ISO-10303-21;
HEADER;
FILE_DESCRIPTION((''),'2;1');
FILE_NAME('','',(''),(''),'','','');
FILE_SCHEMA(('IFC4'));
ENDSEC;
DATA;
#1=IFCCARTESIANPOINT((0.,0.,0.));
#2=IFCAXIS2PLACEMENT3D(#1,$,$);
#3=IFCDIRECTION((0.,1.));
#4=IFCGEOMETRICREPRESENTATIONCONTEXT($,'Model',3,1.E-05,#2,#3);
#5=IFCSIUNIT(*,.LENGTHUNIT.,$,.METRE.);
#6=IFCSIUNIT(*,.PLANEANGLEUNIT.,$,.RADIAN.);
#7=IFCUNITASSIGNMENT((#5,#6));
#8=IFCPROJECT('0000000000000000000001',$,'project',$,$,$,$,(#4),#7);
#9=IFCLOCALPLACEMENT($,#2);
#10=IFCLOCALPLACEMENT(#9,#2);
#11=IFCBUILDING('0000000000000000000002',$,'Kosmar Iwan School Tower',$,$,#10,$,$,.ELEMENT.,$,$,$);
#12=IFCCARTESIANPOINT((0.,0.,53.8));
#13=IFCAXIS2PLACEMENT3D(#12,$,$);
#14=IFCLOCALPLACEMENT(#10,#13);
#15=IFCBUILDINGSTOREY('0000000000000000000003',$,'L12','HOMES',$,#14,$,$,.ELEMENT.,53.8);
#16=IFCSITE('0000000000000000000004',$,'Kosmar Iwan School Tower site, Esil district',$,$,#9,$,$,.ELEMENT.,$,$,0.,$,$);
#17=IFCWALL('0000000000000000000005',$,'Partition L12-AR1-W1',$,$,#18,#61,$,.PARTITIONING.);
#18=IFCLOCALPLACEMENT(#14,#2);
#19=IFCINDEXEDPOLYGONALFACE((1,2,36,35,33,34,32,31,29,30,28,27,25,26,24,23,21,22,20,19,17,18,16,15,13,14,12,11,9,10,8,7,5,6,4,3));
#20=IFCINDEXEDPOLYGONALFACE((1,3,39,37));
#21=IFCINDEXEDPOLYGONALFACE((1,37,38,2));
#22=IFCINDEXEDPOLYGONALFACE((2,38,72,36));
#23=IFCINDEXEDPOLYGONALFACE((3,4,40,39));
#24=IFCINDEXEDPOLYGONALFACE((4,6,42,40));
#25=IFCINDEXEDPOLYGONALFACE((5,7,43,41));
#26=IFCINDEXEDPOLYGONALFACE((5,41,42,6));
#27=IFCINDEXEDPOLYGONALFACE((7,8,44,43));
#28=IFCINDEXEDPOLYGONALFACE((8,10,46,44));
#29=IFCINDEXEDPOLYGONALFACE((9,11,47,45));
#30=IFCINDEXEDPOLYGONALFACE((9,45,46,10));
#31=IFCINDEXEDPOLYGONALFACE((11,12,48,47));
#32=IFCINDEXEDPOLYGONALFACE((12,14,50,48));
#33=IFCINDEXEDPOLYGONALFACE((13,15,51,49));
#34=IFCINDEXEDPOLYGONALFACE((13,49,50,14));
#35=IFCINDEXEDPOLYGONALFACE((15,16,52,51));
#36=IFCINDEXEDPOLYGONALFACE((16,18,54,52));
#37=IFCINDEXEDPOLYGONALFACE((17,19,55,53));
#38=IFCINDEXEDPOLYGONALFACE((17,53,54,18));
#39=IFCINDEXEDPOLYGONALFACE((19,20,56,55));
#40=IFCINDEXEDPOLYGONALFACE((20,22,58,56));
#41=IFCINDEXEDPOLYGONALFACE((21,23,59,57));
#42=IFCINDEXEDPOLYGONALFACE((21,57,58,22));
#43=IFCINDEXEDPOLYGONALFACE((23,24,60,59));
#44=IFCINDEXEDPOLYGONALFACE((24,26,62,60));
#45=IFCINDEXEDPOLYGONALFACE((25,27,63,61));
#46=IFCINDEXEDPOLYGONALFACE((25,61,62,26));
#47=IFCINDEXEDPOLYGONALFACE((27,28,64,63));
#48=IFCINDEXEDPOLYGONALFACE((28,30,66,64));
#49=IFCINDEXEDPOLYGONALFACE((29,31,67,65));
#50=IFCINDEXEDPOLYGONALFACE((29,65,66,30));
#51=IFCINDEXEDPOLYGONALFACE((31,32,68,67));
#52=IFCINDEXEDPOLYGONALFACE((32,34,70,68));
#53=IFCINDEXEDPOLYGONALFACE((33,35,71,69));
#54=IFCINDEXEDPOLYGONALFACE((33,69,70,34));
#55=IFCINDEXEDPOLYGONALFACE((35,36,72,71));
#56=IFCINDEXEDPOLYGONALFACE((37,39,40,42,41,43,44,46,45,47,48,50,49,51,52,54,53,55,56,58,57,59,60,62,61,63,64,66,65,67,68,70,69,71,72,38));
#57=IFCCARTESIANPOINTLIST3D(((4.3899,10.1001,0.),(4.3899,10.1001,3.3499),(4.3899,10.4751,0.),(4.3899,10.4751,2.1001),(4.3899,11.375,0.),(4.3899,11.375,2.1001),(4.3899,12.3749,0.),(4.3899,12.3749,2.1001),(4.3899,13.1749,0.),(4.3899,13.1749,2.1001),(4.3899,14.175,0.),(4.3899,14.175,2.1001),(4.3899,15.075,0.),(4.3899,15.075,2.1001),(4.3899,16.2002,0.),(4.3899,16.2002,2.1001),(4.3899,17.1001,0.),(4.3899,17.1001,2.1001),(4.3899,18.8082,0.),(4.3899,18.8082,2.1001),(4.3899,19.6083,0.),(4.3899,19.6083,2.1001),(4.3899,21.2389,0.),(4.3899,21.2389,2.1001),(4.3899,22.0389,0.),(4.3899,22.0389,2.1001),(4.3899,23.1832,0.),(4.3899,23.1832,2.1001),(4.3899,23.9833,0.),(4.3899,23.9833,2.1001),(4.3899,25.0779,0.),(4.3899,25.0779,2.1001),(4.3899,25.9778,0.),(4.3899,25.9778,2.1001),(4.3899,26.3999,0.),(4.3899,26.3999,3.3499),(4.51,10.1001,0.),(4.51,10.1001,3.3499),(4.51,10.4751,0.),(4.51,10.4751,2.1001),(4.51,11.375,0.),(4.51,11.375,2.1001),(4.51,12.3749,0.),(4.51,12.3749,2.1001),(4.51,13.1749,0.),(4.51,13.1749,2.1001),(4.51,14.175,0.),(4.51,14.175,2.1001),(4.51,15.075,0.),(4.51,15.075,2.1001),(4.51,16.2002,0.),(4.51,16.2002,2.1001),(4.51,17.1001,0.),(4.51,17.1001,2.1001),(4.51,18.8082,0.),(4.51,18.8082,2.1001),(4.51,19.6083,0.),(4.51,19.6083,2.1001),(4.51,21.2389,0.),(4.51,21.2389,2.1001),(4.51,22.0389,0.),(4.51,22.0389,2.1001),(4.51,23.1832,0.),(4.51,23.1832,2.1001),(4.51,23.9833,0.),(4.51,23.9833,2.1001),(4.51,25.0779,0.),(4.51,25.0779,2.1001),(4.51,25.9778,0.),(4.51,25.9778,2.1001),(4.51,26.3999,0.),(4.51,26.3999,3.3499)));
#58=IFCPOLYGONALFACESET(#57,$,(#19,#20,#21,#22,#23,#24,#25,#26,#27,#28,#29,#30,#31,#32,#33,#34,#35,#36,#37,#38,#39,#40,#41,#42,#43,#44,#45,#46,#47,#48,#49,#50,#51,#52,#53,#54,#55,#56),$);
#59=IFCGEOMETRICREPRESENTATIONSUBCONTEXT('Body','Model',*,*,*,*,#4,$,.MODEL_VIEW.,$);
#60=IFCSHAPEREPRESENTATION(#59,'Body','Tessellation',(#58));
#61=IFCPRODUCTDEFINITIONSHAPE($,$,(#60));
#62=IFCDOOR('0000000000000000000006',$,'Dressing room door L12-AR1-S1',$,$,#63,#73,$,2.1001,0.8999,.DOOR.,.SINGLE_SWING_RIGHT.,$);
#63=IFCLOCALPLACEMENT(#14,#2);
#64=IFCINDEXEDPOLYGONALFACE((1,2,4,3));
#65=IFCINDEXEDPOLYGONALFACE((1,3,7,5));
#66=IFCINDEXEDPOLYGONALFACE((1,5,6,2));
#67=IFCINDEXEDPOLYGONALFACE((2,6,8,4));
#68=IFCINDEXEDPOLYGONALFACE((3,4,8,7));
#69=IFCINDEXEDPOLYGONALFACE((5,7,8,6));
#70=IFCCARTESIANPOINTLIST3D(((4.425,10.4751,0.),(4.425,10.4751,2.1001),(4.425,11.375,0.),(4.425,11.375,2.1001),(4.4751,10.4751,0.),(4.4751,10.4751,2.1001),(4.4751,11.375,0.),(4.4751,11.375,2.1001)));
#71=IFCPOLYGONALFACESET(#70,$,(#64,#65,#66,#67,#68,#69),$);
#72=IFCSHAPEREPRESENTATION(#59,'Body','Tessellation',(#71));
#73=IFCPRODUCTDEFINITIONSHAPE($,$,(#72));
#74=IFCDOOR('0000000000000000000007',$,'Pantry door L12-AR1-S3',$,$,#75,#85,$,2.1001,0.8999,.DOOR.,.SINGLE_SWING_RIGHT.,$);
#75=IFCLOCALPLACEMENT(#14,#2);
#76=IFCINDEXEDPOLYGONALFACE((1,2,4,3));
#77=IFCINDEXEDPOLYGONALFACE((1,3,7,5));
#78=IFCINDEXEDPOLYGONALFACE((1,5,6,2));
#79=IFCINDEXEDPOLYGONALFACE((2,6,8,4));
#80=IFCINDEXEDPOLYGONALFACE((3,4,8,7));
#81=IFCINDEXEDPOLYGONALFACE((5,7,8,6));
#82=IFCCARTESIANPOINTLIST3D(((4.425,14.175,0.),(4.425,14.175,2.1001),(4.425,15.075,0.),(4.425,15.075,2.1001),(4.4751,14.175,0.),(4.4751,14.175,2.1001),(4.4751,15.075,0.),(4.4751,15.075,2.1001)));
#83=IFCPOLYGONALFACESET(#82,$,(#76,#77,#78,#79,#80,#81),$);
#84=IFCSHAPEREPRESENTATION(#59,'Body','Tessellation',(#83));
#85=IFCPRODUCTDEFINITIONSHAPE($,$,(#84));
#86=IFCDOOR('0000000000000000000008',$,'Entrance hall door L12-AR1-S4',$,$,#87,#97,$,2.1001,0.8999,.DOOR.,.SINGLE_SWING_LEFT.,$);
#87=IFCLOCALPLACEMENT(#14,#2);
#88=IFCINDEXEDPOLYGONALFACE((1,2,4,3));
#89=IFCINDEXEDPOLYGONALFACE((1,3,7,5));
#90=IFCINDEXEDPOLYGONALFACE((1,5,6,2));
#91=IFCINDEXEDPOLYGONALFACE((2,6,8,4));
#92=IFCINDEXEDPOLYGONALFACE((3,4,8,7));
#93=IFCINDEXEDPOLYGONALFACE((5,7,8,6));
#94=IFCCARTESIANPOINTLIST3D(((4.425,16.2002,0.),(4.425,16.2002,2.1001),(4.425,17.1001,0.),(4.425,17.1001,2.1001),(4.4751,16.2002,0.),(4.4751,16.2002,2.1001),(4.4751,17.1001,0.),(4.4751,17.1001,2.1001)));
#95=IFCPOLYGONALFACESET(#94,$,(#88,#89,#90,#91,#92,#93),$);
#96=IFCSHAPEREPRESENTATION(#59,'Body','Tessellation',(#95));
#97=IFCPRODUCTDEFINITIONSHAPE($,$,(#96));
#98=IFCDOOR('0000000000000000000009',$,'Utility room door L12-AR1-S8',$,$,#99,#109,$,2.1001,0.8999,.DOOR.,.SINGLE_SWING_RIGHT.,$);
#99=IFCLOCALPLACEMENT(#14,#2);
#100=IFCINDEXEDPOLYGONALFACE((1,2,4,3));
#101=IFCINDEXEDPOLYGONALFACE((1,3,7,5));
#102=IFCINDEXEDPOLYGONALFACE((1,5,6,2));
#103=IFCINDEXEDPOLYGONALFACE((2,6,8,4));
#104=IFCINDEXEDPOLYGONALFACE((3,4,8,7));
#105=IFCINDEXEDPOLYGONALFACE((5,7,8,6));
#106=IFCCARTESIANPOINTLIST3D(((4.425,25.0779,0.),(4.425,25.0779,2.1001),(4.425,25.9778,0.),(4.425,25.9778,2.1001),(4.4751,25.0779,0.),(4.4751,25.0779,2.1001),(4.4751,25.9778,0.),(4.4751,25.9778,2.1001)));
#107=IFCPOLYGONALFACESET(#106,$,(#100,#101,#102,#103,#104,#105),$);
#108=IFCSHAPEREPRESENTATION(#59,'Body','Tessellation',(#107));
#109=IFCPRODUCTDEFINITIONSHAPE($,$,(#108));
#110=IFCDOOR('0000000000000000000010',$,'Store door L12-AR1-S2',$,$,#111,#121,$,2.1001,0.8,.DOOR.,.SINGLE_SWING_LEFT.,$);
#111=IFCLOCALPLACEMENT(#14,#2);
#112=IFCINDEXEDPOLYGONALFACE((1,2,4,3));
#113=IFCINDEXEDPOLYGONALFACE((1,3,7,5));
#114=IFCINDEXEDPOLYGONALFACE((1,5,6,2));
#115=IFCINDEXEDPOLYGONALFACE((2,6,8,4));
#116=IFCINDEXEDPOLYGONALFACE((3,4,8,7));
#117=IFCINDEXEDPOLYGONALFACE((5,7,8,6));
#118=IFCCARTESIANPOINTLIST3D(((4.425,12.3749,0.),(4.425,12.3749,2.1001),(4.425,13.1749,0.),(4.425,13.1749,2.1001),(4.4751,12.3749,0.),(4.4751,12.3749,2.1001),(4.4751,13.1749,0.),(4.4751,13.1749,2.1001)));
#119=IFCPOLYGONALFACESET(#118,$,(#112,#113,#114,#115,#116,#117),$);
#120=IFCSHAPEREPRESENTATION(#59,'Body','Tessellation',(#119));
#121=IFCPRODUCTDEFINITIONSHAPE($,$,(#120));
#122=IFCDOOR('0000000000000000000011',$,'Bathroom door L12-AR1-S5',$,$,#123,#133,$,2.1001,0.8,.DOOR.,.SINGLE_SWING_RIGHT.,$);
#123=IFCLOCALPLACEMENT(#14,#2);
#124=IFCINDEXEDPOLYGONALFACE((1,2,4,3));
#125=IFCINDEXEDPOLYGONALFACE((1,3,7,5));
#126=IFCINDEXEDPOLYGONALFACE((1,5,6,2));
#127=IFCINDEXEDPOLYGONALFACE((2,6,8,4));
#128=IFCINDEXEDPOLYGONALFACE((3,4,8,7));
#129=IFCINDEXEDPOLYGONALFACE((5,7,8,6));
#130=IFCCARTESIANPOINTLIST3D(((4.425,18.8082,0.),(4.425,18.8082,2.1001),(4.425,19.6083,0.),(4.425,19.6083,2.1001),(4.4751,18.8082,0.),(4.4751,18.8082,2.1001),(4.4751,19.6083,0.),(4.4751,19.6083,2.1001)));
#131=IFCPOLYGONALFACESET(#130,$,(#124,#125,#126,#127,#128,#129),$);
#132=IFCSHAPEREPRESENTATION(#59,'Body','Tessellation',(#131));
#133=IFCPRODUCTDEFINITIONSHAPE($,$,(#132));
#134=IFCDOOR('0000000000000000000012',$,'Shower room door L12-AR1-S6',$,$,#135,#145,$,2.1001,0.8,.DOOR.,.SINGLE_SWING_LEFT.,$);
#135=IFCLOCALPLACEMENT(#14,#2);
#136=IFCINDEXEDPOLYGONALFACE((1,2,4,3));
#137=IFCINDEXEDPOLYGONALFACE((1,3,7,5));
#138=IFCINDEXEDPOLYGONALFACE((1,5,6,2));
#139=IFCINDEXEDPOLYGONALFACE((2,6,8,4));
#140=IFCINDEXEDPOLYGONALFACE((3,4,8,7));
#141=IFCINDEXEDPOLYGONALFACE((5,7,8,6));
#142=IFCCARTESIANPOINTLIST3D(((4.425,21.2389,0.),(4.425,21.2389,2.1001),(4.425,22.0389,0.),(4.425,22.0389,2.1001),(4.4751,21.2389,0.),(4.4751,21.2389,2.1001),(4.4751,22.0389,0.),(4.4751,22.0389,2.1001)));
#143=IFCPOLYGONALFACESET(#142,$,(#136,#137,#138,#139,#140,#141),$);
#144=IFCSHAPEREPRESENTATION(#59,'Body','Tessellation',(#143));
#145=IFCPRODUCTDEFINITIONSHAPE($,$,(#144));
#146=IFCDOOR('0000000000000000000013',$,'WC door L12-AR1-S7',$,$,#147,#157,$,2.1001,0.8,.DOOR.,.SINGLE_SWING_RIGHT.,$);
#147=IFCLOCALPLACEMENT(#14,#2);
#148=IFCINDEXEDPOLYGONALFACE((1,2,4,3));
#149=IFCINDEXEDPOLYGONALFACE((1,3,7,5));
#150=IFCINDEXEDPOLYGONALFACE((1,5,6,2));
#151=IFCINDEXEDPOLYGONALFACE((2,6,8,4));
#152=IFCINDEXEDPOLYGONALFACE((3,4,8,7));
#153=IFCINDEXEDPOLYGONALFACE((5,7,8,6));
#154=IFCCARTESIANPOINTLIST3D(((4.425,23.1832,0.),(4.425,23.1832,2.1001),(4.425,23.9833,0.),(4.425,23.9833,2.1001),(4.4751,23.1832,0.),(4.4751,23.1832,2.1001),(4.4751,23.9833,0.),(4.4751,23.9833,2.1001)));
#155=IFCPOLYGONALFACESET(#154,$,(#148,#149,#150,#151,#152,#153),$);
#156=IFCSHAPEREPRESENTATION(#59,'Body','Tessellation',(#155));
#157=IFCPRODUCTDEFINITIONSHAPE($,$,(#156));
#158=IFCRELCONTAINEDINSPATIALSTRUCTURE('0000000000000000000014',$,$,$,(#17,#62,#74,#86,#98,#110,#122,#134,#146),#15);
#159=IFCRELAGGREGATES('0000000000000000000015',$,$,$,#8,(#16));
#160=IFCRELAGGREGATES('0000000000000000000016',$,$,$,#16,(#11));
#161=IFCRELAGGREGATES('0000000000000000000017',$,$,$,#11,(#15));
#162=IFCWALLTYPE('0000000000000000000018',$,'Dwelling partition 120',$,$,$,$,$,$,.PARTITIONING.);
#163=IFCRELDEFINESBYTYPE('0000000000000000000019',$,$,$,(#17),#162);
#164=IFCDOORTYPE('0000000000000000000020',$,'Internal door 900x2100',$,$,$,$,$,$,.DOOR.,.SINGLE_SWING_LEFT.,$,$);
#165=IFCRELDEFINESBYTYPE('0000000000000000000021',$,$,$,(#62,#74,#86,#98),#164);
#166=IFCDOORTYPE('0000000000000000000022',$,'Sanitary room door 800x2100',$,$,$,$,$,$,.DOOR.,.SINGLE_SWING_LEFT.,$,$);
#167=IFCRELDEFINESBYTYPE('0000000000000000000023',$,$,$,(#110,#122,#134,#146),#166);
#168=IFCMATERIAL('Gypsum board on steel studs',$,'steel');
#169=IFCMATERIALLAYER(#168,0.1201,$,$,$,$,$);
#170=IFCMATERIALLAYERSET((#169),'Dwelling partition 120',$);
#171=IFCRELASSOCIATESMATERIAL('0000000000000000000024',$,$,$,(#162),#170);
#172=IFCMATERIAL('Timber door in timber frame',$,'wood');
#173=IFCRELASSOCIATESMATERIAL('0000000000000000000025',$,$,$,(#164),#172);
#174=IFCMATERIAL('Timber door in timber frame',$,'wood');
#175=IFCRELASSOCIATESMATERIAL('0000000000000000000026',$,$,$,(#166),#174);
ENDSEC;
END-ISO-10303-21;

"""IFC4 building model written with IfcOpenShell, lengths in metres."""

from ifc_helpers import new_model, si_unit, direction, frame, frame_2d, origin, place, context, subcontext, project, spatial, rectangle, extrude, material, layer, layer_set, type_object, element, fill, save


model = new_model("IFC4")

# Units and contexts
model_context = context("Model", 3, precision=1e-05, world=origin(), true_north=direction((0.0, 1.0)))
body_context = subcontext(model_context, "Body", "Model", "MODEL_VIEW")
ifc_project = project(units=[si_unit("LENGTHUNIT", "METRE"), si_unit("PLANEANGLEUNIT", "RADIAN")], contexts=[model_context])

# Site, building, storey
site_placement = place(None, origin())
site = spatial("IfcSite", under=ifc_project, at=site_placement, Name="Kosmar Iwan School Tower site, Esil district", CompositionType="ELEMENT", RefElevation=0.0)
building_placement = place(site_placement, origin())
building = spatial("IfcBuilding", under=site, at=building_placement, Name="Kosmar Iwan School Tower", CompositionType="ELEMENT")
storey_placement = place(building_placement, frame((0.0, 0.0, 53.8)))
storey = spatial("IfcBuildingStorey", under=building, at=storey_placement, Name="L12", Description="HOMES", CompositionType="ELEMENT", Elevation=53.8)

# Wall, openings, doors
ifc_material_1 = material(Name="Gypsum board on steel studs", Category="steel")
ifc_layer_1 = layer(ifc_material_1, 0.1201)
ifc_layer_set_1 = layer_set([ifc_layer_1], Name="Dwelling partition 120")
wall_type_1 = type_object("IfcWallType", Name="Dwelling partition 120", PredefinedType="PARTITIONING", material=ifc_layer_set_1)
wall_1_placement = place(storey_placement, frame((4.45, 10.1001, 0.0), z_axis=(0.0, 0.0, 1.0), x_axis=(0.0, 1.0, 0.0)))
wall_1 = element("IfcWall", 1, at=wall_1_placement, inside=storey, type_object=wall_type_1, Name="Partition L12-AR1-W1", PredefinedType="PARTITIONING", context=body_context, shape_type="SweptSolid", body=[
    extrude(rectangle(XDim=16.2998, YDim=0.1201, at=frame_2d((8.1499, 0.0))), origin(), (0.0, 0.0, 1.0), 3.3499),
])
opening_1_placement = place(wall_1_placement, frame((0.375, 0.0, 0.0)))
opening_1 = element("IfcOpeningElement", 2, at=opening_1_placement, cuts=wall_1, PredefinedType="OPENING", context=body_context, shape_type="SweptSolid", body=[
    extrude(rectangle(XDim=0.8999, YDim=2.1001, at=frame_2d((0.45, 1.05))), frame((0.0, 0.072, 0.0), z_axis=(0.0, -1.0, 0.0), x_axis=(1.0, 0.0, 0.0)), (0.0, 0.0, 1.0), 0.144),
])
opening_2_placement = place(wall_1_placement, frame((2.2749, 0.0, 0.0)))
opening_2 = element("IfcOpeningElement", 3, at=opening_2_placement, cuts=wall_1, PredefinedType="OPENING", context=body_context, shape_type="SweptSolid", body=[
    extrude(rectangle(XDim=0.8, YDim=2.1001, at=frame_2d((0.3999, 1.05))), frame((0.0, 0.072, 0.0), z_axis=(0.0, -1.0, 0.0), x_axis=(1.0, 0.0, 0.0)), (0.0, 0.0, 1.0), 0.144),
])
opening_3_placement = place(wall_1_placement, frame((4.075, 0.0, 0.0)))
opening_3 = element("IfcOpeningElement", 4, at=opening_3_placement, cuts=wall_1, PredefinedType="OPENING", context=body_context, shape_type="SweptSolid", body=[
    extrude(rectangle(XDim=0.8999, YDim=2.1001, at=frame_2d((0.45, 1.05))), frame((0.0, 0.072, 0.0), z_axis=(0.0, -1.0, 0.0), x_axis=(1.0, 0.0, 0.0)), (0.0, 0.0, 1.0), 0.144),
])
opening_4_placement = place(wall_1_placement, frame((6.1001, 0.0, 0.0)))
opening_4 = element("IfcOpeningElement", 5, at=opening_4_placement, cuts=wall_1, PredefinedType="OPENING", context=body_context, shape_type="SweptSolid", body=[
    extrude(rectangle(XDim=0.8999, YDim=2.1001, at=frame_2d((0.45, 1.05))), frame((0.0, 0.072, 0.0), z_axis=(0.0, -1.0, 0.0), x_axis=(1.0, 0.0, 0.0)), (0.0, 0.0, 1.0), 0.144),
])
opening_5_placement = place(wall_1_placement, frame((8.7083, 0.0, 0.0)))
opening_5 = element("IfcOpeningElement", 6, at=opening_5_placement, cuts=wall_1, PredefinedType="OPENING", context=body_context, shape_type="SweptSolid", body=[
    extrude(rectangle(XDim=0.8, YDim=2.1001, at=frame_2d((0.3999, 1.05))), frame((0.0, 0.072, 0.0), z_axis=(0.0, -1.0, 0.0), x_axis=(1.0, 0.0, 0.0)), (0.0, 0.0, 1.0), 0.144),
])
opening_6_placement = place(wall_1_placement, frame((11.1389, 0.0, 0.0)))
opening_6 = element("IfcOpeningElement", 7, at=opening_6_placement, cuts=wall_1, PredefinedType="OPENING", context=body_context, shape_type="SweptSolid", body=[
    extrude(rectangle(XDim=0.8, YDim=2.1001, at=frame_2d((0.3999, 1.05))), frame((0.0, 0.072, 0.0), z_axis=(0.0, -1.0, 0.0), x_axis=(1.0, 0.0, 0.0)), (0.0, 0.0, 1.0), 0.144),
])
opening_7_placement = place(wall_1_placement, frame((13.0833, 0.0, 0.0)))
opening_7 = element("IfcOpeningElement", 8, at=opening_7_placement, cuts=wall_1, PredefinedType="OPENING", context=body_context, shape_type="SweptSolid", body=[
    extrude(rectangle(XDim=0.8, YDim=2.1001, at=frame_2d((0.3999, 1.05))), frame((0.0, 0.072, 0.0), z_axis=(0.0, -1.0, 0.0), x_axis=(1.0, 0.0, 0.0)), (0.0, 0.0, 1.0), 0.144),
])
opening_8_placement = place(wall_1_placement, frame((14.9778, 0.0, 0.0)))
opening_8 = element("IfcOpeningElement", 9, at=opening_8_placement, cuts=wall_1, PredefinedType="OPENING", context=body_context, shape_type="SweptSolid", body=[
    extrude(rectangle(XDim=0.8999, YDim=2.1001, at=frame_2d((0.45, 1.05))), frame((0.0, 0.072, 0.0), z_axis=(0.0, -1.0, 0.0), x_axis=(1.0, 0.0, 0.0)), (0.0, 0.0, 1.0), 0.144),
])
ifc_material_2 = material(Name="Timber door in timber frame", Category="wood")
door_type_1 = type_object("IfcDoorType", Name="Internal door 900x2100", OperationType="SINGLE_SWING_LEFT", PredefinedType="DOOR", material=ifc_material_2)
door_1_placement = place(opening_1_placement, origin())
door_1 = element("IfcDoor", 10, at=door_1_placement, inside=storey, type_object=door_type_1, Name="Dressing room door L12-AR1-S1", OperationType="SINGLE_SWING_RIGHT", OverallHeight=2.1001, OverallWidth=0.8999, PredefinedType="DOOR", context=body_context, shape_type="SweptSolid", body=[
    extrude(rectangle(XDim=0.8999, YDim=2.1001, at=frame_2d((0.45, 1.05))), frame((0.0, 0.0249, 0.0), z_axis=(0.0, -1.0, 0.0), x_axis=(1.0, 0.0, 0.0)), (0.0, 0.0, 1.0), 0.05),
])
fill(opening_1, door_1)
door_2_placement = place(opening_3_placement, origin())
door_2 = element("IfcDoor", 11, at=door_2_placement, inside=storey, type_object=door_type_1, Name="Pantry door L12-AR1-S3", OperationType="SINGLE_SWING_RIGHT", OverallHeight=2.1001, OverallWidth=0.8999, PredefinedType="DOOR", context=body_context, shape_type="SweptSolid", body=[
    extrude(rectangle(XDim=0.8999, YDim=2.1001, at=frame_2d((0.45, 1.05))), frame((0.0, 0.0249, 0.0), z_axis=(0.0, -1.0, 0.0), x_axis=(1.0, 0.0, 0.0)), (0.0, 0.0, 1.0), 0.05),
])
fill(opening_3, door_2)
door_3_placement = place(opening_4_placement, origin())
door_3 = element("IfcDoor", 12, at=door_3_placement, inside=storey, type_object=door_type_1, Name="Entrance hall door L12-AR1-S4", OperationType="SINGLE_SWING_LEFT", OverallHeight=2.1001, OverallWidth=0.8999, PredefinedType="DOOR", context=body_context, shape_type="SweptSolid", body=[
    extrude(rectangle(XDim=0.8999, YDim=2.1001, at=frame_2d((0.45, 1.05))), frame((0.0, 0.0249, 0.0), z_axis=(0.0, -1.0, 0.0), x_axis=(1.0, 0.0, 0.0)), (0.0, 0.0, 1.0), 0.05),
])
fill(opening_4, door_3)
door_4_placement = place(opening_8_placement, origin())
door_4 = element("IfcDoor", 13, at=door_4_placement, inside=storey, type_object=door_type_1, Name="Utility room door L12-AR1-S8", OperationType="SINGLE_SWING_RIGHT", OverallHeight=2.1001, OverallWidth=0.8999, PredefinedType="DOOR", context=body_context, shape_type="SweptSolid", body=[
    extrude(rectangle(XDim=0.8999, YDim=2.1001, at=frame_2d((0.45, 1.05))), frame((0.0, 0.0249, 0.0), z_axis=(0.0, -1.0, 0.0), x_axis=(1.0, 0.0, 0.0)), (0.0, 0.0, 1.0), 0.05),
])
fill(opening_8, door_4)
ifc_material_3 = material(Name="Timber door in timber frame", Category="wood")
door_type_2 = type_object("IfcDoorType", Name="Sanitary room door 800x2100", OperationType="SINGLE_SWING_LEFT", PredefinedType="DOOR", material=ifc_material_3)
door_5_placement = place(opening_2_placement, origin())
door_5 = element("IfcDoor", 14, at=door_5_placement, inside=storey, type_object=door_type_2, Name="Store door L12-AR1-S2", OperationType="SINGLE_SWING_LEFT", OverallHeight=2.1001, OverallWidth=0.8, PredefinedType="DOOR", context=body_context, shape_type="SweptSolid", body=[
    extrude(rectangle(XDim=0.8, YDim=2.1001, at=frame_2d((0.3999, 1.05))), frame((0.0, 0.0249, 0.0), z_axis=(0.0, -1.0, 0.0), x_axis=(1.0, 0.0, 0.0)), (0.0, 0.0, 1.0), 0.05),
])
fill(opening_2, door_5)
door_6_placement = place(opening_5_placement, origin())
door_6 = element("IfcDoor", 15, at=door_6_placement, inside=storey, type_object=door_type_2, Name="Bathroom door L12-AR1-S5", OperationType="SINGLE_SWING_RIGHT", OverallHeight=2.1001, OverallWidth=0.8, PredefinedType="DOOR", context=body_context, shape_type="SweptSolid", body=[
    extrude(rectangle(XDim=0.8, YDim=2.1001, at=frame_2d((0.3999, 1.05))), frame((0.0, 0.0249, 0.0), z_axis=(0.0, -1.0, 0.0), x_axis=(1.0, 0.0, 0.0)), (0.0, 0.0, 1.0), 0.05),
])
fill(opening_5, door_6)
door_7_placement = place(opening_6_placement, origin())
door_7 = element("IfcDoor", 16, at=door_7_placement, inside=storey, type_object=door_type_2, Name="Shower room door L12-AR1-S6", OperationType="SINGLE_SWING_LEFT", OverallHeight=2.1001, OverallWidth=0.8, PredefinedType="DOOR", context=body_context, shape_type="SweptSolid", body=[
    extrude(rectangle(XDim=0.8, YDim=2.1001, at=frame_2d((0.3999, 1.05))), frame((0.0, 0.0249, 0.0), z_axis=(0.0, -1.0, 0.0), x_axis=(1.0, 0.0, 0.0)), (0.0, 0.0, 1.0), 0.05),
])
fill(opening_6, door_7)
door_8_placement = place(opening_7_placement, origin())
door_8 = element("IfcDoor", 17, at=door_8_placement, inside=storey, type_object=door_type_2, Name="WC door L12-AR1-S7", OperationType="SINGLE_SWING_RIGHT", OverallHeight=2.1001, OverallWidth=0.8, PredefinedType="DOOR", context=body_context, shape_type="SweptSolid", body=[
    extrude(rectangle(XDim=0.8, YDim=2.1001, at=frame_2d((0.3999, 1.05))), frame((0.0, 0.0249, 0.0), z_axis=(0.0, -1.0, 0.0), x_axis=(1.0, 0.0, 0.0)), (0.0, 0.0, 1.0), 0.05),
])
fill(opening_7, door_8)

save(model, "model.ifc")
